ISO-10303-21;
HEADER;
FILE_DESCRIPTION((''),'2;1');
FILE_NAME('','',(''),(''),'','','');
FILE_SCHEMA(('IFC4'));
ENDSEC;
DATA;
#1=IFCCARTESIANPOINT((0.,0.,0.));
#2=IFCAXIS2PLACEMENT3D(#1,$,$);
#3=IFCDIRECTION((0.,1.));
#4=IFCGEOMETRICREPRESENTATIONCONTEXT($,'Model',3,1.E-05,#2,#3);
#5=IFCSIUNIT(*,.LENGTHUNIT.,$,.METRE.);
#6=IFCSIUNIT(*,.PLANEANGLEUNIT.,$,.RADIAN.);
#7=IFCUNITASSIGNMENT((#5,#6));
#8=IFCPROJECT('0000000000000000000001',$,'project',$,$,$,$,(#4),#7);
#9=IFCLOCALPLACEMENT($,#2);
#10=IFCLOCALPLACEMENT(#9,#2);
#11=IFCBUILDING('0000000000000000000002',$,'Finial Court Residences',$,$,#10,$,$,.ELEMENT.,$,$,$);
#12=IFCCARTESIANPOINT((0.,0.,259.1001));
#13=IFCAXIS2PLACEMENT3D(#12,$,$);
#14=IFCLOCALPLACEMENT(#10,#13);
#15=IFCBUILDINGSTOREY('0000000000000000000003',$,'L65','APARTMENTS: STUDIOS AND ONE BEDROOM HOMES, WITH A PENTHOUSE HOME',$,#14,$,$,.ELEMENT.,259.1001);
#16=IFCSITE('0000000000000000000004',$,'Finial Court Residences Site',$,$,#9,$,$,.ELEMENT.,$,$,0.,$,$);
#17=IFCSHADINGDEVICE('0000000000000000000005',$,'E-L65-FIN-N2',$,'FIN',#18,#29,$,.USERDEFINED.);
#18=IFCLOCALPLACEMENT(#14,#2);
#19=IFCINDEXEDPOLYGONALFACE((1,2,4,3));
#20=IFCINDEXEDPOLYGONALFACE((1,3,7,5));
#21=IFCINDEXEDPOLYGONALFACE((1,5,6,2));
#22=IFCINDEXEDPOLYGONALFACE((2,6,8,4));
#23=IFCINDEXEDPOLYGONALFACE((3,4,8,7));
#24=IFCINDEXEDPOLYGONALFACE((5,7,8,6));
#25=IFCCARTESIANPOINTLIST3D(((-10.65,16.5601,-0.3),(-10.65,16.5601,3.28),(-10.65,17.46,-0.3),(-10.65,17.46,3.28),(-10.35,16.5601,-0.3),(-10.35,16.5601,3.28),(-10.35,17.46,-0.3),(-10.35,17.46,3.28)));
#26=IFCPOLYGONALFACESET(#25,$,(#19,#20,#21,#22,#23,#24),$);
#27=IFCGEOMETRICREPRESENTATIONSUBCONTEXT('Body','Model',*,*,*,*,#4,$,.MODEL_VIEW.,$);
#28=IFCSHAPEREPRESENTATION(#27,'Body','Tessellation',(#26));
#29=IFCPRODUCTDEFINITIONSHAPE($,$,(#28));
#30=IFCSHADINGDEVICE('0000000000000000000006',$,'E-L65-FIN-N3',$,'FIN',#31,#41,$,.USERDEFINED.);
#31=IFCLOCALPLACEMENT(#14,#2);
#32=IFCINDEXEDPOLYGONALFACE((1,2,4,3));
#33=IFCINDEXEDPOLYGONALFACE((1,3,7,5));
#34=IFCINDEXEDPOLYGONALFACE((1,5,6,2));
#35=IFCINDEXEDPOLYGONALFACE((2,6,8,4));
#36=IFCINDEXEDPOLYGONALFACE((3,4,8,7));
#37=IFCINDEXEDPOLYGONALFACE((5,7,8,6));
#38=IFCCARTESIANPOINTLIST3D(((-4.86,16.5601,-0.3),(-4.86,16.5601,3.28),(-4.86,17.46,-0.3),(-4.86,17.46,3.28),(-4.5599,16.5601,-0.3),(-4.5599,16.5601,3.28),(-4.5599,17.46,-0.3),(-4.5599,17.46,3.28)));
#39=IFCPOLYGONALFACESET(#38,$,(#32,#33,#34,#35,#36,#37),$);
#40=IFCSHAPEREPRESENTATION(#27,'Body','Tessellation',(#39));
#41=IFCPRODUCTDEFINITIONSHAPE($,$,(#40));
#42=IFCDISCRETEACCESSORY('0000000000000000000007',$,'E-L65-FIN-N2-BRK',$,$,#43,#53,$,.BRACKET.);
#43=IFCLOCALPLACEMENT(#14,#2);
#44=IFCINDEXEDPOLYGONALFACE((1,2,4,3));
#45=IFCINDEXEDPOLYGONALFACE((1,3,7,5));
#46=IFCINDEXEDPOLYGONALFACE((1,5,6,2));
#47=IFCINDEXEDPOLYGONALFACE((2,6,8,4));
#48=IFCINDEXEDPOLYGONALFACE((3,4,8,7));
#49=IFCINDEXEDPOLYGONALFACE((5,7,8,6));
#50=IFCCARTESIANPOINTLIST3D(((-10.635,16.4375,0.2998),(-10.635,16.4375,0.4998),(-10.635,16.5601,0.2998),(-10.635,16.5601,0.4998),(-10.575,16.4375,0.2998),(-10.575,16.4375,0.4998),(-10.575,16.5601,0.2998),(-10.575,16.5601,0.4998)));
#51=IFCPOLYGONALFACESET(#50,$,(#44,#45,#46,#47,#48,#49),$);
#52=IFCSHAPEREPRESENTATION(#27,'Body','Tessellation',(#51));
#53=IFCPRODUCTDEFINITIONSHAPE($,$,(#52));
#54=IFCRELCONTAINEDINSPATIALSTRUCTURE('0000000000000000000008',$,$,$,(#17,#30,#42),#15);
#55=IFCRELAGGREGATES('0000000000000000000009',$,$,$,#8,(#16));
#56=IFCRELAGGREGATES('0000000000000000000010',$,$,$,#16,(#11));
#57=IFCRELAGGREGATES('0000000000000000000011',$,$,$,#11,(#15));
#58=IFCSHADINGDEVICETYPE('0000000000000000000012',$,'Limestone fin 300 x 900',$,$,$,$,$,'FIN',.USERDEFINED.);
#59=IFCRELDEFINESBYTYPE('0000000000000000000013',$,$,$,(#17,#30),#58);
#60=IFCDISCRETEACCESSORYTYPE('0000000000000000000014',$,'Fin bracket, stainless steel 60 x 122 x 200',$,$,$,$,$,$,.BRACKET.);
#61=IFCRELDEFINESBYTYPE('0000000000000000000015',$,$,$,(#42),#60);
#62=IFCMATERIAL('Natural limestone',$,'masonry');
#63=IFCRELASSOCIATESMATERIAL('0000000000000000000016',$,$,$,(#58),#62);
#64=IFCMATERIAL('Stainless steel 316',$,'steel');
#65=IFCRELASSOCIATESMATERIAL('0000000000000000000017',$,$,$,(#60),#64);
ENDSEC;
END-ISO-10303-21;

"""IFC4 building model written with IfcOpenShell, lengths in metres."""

from ifc_helpers import new_model, si_unit, direction, frame, origin, origin_2d, place, context, subcontext, project, spatial, rectangle, extrude, material, type_object, element, save


model = new_model("IFC4")

# Units and contexts
model_context = context("Model", 3, precision=1e-05, world=origin(), true_north=direction((0.0, 1.0)))
body_context = subcontext(model_context, "Body", "Model", "MODEL_VIEW")
ifc_project = project(units=[si_unit("LENGTHUNIT", "METRE"), si_unit("PLANEANGLEUNIT", "RADIAN")], contexts=[model_context])

# Site, building, storey
site_placement = place(None, origin())
site = spatial("IfcSite", under=ifc_project, at=site_placement, Name="Finial Court Residences Site", CompositionType="ELEMENT", RefElevation=0.0)
building_placement = place(site_placement, origin())
building = spatial("IfcBuilding", under=site, at=building_placement, Name="Finial Court Residences", CompositionType="ELEMENT")
storey_placement = place(building_placement, frame((0.0, 0.0, 259.1001)))
storey = spatial("IfcBuildingStorey", under=building, at=storey_placement, Name="L65", Description="APARTMENTS: STUDIOS AND ONE BEDROOM HOMES, WITH A PENTHOUSE HOME", CompositionType="ELEMENT", Elevation=259.1001)

# Shared definitions
ifc_material_1 = material(Name="Natural limestone", Category="masonry")

# Shading devices
shading_device_type = type_object("IfcShadingDeviceType", Name="Limestone fin 300 x 900", ElementType="FIN", PredefinedType="USERDEFINED", material=ifc_material_1)
for number, where, z_axis, x_axis, name in (
    (1, (-10.5, 17.01, -0.3), (0.0, 0.0, 1.0), (1.0, 0.0, 0.0), "E-L65-FIN-N2"),
    (2, (-4.71, 17.01, -0.3), (0.0, 0.0, 1.0), (1.0, 0.0, 0.0), "E-L65-FIN-N3"),
):
    element("IfcShadingDevice", number, at=place(storey_placement, frame(where, z_axis=z_axis, x_axis=x_axis)), inside=storey, type_object=shading_device_type, Name=name, ObjectType="FIN", PredefinedType="USERDEFINED", context=body_context, shape_type="SweptSolid", body=[
        extrude(rectangle(XDim=0.3, YDim=0.8999, at=origin_2d()), origin(), (0.0, 0.0, 1.0), 3.5801),
    ])

# Discrete accessory
ifc_material_2 = material(Name="Stainless steel 316", Category="steel")
discrete_accessory_type = type_object("IfcDiscreteAccessoryType", Name="Fin bracket, stainless steel 60 x 122 x 200", PredefinedType="BRACKET", material=ifc_material_2)
discrete_accessory_placement = place(storey_placement, frame((-10.605, 16.4988, 0.2998), z_axis=(0.0, 0.0, 1.0), x_axis=(1.0, 0.0, 0.0)))
element("IfcDiscreteAccessory", 3, at=discrete_accessory_placement, inside=storey, type_object=discrete_accessory_type, Name="E-L65-FIN-N2-BRK", PredefinedType="BRACKET", context=body_context, shape_type="SweptSolid", body=[
    extrude(rectangle(XDim=0.0601, YDim=0.1226, at=origin_2d()), origin(), (0.0, 0.0, 1.0), 0.2),
])

save(model, "model.ifc")
